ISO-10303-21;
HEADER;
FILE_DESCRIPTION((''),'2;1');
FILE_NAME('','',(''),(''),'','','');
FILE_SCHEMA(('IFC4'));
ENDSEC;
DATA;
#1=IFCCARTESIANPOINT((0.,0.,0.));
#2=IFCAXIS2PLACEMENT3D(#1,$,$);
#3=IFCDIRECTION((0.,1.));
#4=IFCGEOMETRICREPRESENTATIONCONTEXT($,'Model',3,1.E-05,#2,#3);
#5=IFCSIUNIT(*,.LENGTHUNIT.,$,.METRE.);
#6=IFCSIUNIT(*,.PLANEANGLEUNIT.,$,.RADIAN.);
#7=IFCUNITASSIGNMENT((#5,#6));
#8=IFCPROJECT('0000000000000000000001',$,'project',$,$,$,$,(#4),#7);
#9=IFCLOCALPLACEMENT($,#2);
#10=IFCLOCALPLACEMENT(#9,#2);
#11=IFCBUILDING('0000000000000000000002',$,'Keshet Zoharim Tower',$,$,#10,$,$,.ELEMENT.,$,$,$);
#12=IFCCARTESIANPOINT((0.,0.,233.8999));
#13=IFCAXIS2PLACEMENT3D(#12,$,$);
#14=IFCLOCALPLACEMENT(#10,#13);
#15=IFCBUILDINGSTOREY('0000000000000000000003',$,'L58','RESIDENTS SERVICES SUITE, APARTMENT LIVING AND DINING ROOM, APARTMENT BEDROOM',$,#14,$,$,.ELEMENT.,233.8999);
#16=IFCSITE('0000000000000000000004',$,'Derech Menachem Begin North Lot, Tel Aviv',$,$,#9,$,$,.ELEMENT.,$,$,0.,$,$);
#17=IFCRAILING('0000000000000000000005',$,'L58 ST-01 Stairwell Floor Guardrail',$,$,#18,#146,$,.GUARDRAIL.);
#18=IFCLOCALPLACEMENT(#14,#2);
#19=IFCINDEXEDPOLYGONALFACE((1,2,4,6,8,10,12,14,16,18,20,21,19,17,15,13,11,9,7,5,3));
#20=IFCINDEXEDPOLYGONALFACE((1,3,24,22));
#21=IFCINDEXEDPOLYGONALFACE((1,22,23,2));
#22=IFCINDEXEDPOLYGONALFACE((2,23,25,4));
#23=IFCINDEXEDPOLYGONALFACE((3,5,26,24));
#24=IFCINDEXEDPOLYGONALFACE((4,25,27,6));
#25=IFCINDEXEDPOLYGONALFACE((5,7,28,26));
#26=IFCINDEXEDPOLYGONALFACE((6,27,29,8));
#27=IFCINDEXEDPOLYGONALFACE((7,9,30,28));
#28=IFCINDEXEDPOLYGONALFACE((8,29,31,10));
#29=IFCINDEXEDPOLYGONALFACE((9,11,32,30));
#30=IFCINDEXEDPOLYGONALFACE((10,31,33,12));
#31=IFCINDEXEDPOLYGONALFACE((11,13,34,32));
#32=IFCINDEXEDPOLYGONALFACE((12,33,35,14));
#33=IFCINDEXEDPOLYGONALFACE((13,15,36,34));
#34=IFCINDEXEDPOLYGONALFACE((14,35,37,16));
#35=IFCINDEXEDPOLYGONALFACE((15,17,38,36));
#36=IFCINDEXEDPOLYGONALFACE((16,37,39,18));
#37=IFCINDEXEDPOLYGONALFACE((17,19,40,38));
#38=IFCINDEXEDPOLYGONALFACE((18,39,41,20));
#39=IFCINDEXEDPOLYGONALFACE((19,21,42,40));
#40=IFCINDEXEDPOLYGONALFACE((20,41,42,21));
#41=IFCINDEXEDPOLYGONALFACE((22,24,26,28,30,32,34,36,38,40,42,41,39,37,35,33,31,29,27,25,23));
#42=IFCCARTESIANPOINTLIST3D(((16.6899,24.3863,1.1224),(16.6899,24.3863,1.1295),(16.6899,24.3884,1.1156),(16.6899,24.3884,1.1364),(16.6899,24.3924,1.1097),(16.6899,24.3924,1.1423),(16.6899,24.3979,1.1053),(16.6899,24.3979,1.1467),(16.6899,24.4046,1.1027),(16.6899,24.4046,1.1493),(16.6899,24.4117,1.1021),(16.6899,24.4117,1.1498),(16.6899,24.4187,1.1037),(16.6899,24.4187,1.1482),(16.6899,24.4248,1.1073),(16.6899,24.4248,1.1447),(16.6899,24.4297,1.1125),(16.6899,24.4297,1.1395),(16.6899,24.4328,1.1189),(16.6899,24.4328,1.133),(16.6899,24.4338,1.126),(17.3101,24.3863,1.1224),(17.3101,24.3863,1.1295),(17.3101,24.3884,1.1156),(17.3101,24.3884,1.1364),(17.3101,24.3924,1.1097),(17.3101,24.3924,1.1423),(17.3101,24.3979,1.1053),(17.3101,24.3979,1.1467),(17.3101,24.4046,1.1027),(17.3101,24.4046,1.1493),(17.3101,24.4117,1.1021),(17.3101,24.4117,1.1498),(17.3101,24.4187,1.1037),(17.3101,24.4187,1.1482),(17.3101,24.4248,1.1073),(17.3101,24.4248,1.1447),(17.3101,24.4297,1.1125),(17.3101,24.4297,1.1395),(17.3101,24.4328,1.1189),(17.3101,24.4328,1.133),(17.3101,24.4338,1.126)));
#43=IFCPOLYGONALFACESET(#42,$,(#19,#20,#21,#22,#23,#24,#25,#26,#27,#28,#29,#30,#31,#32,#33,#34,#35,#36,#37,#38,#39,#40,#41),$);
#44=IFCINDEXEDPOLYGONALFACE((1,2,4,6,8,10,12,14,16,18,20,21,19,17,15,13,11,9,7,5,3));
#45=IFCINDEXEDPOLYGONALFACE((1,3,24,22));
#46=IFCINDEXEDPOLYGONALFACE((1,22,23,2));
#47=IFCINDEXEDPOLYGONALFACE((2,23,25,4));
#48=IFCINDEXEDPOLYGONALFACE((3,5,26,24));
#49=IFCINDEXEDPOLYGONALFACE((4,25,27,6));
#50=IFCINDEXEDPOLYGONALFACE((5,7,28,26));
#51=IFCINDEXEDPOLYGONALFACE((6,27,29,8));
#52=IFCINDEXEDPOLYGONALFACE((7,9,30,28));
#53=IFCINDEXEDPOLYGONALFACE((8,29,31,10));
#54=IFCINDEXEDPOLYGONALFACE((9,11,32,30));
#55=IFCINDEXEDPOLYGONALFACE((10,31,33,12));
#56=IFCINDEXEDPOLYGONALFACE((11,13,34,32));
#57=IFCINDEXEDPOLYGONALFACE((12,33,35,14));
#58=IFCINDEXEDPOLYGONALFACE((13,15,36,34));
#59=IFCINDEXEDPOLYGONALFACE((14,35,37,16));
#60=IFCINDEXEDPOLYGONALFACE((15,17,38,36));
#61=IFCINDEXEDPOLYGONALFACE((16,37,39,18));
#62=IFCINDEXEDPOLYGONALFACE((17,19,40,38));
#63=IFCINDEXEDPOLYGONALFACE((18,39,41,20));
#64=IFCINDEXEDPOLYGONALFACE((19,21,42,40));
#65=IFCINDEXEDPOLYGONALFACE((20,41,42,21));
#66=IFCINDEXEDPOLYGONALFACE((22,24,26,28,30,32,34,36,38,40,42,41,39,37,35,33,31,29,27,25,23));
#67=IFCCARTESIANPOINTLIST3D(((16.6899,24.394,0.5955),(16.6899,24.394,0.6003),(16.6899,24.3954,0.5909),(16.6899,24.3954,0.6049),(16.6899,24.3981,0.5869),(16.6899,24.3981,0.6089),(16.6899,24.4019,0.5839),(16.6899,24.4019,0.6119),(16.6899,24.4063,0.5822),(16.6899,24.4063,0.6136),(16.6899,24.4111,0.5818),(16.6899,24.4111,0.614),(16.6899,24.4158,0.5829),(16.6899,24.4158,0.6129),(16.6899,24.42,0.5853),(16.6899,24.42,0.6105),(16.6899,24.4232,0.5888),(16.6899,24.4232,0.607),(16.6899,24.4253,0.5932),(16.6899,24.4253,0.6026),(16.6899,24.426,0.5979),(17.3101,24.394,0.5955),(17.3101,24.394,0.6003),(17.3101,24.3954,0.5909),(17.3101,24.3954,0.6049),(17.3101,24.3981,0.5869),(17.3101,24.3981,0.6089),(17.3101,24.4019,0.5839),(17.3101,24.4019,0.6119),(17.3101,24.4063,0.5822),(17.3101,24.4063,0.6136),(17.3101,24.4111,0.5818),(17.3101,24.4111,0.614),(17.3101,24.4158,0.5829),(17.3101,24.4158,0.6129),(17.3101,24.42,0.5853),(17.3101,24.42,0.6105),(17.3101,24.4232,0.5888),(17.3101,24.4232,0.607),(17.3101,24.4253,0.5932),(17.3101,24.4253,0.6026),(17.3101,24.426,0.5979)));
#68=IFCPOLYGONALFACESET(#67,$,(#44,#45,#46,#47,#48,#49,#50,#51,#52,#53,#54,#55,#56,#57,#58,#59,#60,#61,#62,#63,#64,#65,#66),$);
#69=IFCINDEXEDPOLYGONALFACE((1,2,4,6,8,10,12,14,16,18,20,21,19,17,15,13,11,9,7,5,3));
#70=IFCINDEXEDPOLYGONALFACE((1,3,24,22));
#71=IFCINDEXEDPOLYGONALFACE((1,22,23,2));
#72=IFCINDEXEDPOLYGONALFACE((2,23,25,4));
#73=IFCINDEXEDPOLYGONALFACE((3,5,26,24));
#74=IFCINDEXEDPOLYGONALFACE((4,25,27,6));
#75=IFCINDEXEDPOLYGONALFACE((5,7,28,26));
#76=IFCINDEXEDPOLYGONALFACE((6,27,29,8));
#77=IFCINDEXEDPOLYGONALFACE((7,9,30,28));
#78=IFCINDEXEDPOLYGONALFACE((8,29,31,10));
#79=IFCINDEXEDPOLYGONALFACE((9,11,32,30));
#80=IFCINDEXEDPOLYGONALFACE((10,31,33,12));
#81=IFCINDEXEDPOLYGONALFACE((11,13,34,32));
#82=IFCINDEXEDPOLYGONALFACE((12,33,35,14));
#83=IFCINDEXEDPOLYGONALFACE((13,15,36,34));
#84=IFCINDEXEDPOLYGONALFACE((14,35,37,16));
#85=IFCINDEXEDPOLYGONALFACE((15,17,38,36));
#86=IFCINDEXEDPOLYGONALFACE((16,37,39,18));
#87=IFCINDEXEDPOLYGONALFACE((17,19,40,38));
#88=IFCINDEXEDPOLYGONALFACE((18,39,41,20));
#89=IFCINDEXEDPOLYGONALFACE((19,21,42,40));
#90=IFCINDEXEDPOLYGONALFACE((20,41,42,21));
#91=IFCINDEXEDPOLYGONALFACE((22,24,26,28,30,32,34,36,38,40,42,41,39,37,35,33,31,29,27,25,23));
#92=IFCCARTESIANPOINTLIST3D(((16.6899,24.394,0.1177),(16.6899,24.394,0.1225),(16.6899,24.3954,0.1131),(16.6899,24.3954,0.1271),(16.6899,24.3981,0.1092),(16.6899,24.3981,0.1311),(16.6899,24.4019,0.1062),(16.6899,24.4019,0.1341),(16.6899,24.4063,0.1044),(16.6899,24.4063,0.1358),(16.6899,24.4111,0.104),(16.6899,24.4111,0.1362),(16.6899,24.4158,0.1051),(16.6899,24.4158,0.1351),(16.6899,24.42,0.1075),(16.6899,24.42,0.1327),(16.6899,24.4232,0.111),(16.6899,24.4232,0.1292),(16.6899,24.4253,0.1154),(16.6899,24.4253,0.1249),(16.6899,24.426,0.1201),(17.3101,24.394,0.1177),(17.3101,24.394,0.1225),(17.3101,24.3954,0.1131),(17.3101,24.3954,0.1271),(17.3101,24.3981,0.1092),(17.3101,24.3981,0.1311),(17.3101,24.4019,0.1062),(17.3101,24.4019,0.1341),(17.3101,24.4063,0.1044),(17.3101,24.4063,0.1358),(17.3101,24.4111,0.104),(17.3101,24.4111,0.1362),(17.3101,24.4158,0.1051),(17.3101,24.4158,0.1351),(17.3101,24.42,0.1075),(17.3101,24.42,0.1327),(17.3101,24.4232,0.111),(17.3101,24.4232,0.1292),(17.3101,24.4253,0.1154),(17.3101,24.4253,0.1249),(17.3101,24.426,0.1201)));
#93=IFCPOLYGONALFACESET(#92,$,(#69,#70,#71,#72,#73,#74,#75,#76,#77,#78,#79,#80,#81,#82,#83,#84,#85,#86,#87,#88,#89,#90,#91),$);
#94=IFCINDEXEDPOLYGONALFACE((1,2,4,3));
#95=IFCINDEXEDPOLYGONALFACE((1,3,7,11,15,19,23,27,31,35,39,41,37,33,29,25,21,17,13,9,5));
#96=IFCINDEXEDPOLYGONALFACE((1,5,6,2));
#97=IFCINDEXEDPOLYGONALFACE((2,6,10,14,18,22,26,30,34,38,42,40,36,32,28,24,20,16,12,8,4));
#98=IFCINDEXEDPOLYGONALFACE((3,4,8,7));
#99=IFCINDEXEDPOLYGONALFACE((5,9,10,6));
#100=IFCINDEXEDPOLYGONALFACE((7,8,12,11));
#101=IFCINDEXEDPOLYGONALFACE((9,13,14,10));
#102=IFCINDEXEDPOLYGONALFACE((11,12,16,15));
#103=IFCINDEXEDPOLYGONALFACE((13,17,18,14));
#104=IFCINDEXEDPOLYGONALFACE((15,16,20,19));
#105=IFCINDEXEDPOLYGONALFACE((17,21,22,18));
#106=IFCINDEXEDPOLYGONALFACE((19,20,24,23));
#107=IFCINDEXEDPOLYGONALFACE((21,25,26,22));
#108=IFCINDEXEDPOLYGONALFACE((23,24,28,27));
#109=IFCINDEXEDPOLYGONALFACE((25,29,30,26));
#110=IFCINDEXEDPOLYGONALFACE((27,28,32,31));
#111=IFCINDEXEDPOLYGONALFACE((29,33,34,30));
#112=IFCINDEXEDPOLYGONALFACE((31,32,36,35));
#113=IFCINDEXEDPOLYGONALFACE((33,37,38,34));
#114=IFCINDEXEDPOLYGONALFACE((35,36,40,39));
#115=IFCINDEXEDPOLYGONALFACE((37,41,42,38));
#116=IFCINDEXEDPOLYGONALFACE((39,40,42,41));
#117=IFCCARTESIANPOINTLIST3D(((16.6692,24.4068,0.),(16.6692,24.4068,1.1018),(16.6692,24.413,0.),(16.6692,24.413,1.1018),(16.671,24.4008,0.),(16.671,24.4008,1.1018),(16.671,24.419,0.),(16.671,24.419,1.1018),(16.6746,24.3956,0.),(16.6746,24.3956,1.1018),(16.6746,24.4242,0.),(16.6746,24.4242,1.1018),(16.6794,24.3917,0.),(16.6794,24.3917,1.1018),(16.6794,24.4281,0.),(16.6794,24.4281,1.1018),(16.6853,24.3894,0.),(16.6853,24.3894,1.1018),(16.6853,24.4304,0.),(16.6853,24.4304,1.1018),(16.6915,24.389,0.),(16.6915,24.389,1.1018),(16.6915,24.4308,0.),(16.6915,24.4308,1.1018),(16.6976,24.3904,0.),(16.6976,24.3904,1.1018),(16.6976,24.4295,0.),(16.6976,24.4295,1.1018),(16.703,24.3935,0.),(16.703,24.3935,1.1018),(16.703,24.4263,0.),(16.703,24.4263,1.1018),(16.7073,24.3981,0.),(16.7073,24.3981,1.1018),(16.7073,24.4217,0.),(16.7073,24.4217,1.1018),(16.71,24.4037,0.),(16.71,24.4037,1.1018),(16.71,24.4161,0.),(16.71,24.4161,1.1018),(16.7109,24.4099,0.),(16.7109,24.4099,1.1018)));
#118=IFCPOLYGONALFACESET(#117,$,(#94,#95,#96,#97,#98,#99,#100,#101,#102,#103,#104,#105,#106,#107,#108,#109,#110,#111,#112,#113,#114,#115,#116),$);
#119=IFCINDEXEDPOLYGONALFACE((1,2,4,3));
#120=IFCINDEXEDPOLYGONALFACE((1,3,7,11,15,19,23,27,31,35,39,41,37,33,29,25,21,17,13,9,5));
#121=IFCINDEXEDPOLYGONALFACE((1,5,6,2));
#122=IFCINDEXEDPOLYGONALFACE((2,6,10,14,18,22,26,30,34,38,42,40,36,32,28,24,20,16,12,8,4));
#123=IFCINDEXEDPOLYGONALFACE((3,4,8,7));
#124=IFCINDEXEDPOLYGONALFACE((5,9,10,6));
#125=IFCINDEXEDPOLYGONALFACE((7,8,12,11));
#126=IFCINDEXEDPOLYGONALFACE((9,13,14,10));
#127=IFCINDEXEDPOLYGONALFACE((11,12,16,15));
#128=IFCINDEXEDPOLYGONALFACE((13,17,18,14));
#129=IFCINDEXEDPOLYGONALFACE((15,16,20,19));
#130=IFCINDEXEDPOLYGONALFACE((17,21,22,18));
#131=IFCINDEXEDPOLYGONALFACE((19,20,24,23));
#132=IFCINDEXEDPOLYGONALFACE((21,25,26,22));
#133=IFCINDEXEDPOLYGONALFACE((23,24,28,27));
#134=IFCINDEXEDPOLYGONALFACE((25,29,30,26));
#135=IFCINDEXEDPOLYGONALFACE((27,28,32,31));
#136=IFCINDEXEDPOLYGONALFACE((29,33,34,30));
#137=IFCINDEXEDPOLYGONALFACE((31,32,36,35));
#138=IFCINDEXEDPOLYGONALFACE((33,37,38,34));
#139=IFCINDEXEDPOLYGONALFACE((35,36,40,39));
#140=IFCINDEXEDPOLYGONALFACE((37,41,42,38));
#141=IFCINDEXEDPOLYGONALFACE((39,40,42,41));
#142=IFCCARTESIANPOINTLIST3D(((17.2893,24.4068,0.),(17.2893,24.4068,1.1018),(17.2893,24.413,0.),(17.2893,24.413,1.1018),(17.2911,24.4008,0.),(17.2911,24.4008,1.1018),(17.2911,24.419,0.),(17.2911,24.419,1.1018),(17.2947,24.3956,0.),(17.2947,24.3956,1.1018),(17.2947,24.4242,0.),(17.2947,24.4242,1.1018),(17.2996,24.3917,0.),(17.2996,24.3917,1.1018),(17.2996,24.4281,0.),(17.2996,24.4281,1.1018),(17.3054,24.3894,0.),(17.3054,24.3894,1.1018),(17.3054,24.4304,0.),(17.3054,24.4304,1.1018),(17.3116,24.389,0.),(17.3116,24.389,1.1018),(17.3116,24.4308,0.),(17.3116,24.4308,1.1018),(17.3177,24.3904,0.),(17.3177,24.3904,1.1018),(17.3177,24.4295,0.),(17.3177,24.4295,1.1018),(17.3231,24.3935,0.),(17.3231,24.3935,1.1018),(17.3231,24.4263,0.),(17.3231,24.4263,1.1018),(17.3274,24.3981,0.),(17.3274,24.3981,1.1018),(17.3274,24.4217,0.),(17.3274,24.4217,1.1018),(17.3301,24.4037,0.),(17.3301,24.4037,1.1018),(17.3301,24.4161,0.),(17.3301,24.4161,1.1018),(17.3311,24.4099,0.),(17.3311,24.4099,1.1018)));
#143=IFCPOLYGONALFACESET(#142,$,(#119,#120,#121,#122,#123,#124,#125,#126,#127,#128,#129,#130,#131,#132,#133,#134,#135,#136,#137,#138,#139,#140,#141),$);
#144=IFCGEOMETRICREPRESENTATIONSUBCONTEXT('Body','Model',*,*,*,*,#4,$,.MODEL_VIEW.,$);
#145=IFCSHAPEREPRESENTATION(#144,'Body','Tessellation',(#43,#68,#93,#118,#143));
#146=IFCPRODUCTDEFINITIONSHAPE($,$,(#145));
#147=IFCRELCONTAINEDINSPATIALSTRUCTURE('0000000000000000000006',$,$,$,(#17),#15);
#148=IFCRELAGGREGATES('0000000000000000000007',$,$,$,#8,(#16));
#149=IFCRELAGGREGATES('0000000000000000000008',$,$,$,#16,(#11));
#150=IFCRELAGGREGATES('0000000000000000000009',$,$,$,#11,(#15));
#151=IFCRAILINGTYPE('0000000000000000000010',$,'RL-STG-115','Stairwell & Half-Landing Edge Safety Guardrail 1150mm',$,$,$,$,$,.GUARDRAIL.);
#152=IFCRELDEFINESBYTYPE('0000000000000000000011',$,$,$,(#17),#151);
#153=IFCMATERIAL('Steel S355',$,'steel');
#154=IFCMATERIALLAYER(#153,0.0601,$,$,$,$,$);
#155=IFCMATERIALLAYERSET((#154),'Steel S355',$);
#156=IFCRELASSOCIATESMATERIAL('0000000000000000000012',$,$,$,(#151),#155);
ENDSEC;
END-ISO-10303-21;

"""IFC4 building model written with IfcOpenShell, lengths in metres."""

from ifc_helpers import new_model, si_unit, direction, frame, origin, origin_2d, place, context, subcontext, project, spatial, circle, extrude, material, layer, layer_set, type_object, element, save


model = new_model("IFC4")

# Units and contexts
model_context = context("Model", 3, precision=1e-05, world=origin(), true_north=direction((0.0, 1.0)))
body_context = subcontext(model_context, "Body", "Model", "MODEL_VIEW")
ifc_project = project(units=[si_unit("LENGTHUNIT", "METRE"), si_unit("PLANEANGLEUNIT", "RADIAN")], contexts=[model_context])

# Site, building, storey
site_placement = place(None, origin())
site = spatial("IfcSite", under=ifc_project, at=site_placement, Name="Derech Menachem Begin North Lot, Tel Aviv", CompositionType="ELEMENT", RefElevation=0.0)
building_placement = place(site_placement, origin())
building = spatial("IfcBuilding", under=site, at=building_placement, Name="Keshet Zoharim Tower", CompositionType="ELEMENT")
storey_placement = place(building_placement, frame((0.0, 0.0, 233.8999)))
storey = spatial("IfcBuildingStorey", under=building, at=storey_placement, Name="L58", Description="RESIDENTS SERVICES SUITE, APARTMENT LIVING AND DINING ROOM, APARTMENT BEDROOM", CompositionType="ELEMENT", Elevation=233.8999)

# Shared definitions
ifc_material_1 = material(Name="Steel S355", Category="steel")

# Railing
ifc_layer_1 = layer(ifc_material_1, 0.0601)
ifc_layer_set_1 = layer_set([ifc_layer_1], Name="Steel S355")
railing_type_1 = type_object("IfcRailingType", Name="RL-STG-115", Description="Stairwell & Half-Landing Edge Safety Guardrail 1150mm", PredefinedType="GUARDRAIL", material=ifc_layer_set_1)
railing_1_placement = place(storey_placement, frame((16.6899, 24.4099, 0.0)))
element("IfcRailing", 1, at=railing_1_placement, inside=storey, type_object=railing_type_1, Name="L58 ST-01 Stairwell Floor Guardrail", PredefinedType="GUARDRAIL", context=body_context, shape_type="SweptSolid", body=[
    extrude(circle(Radius=0.0239, at=origin_2d()), frame((0.0, 0.0, 1.126), z_axis=(1.0, 0.0, 0.0), x_axis=(0.0, 1.0, 0.0)), (0.0, 0.0, 1.0), 0.6201),
    extrude(circle(Radius=0.0161, at=origin_2d()), frame((0.0, 0.0, 0.5979), z_axis=(1.0, 0.0, 0.0), x_axis=(0.0, 1.0, 0.0)), (0.0, 0.0, 1.0), 0.6201),
    extrude(circle(Radius=0.0161, at=origin_2d()), frame((0.0, 0.0, 0.1201), z_axis=(1.0, 0.0, 0.0), x_axis=(0.0, 1.0, 0.0)), (0.0, 0.0, 1.0), 0.6201),
    extrude(circle(Radius=0.021, at=origin_2d()), origin(), (0.0, 0.0, 1.0), 1.1018),
    extrude(circle(Radius=0.021, at=origin_2d()), frame((0.6201, 0.0, 0.0)), (0.0, 0.0, 1.0), 1.1018),
])

save(model, "model.ifc")
